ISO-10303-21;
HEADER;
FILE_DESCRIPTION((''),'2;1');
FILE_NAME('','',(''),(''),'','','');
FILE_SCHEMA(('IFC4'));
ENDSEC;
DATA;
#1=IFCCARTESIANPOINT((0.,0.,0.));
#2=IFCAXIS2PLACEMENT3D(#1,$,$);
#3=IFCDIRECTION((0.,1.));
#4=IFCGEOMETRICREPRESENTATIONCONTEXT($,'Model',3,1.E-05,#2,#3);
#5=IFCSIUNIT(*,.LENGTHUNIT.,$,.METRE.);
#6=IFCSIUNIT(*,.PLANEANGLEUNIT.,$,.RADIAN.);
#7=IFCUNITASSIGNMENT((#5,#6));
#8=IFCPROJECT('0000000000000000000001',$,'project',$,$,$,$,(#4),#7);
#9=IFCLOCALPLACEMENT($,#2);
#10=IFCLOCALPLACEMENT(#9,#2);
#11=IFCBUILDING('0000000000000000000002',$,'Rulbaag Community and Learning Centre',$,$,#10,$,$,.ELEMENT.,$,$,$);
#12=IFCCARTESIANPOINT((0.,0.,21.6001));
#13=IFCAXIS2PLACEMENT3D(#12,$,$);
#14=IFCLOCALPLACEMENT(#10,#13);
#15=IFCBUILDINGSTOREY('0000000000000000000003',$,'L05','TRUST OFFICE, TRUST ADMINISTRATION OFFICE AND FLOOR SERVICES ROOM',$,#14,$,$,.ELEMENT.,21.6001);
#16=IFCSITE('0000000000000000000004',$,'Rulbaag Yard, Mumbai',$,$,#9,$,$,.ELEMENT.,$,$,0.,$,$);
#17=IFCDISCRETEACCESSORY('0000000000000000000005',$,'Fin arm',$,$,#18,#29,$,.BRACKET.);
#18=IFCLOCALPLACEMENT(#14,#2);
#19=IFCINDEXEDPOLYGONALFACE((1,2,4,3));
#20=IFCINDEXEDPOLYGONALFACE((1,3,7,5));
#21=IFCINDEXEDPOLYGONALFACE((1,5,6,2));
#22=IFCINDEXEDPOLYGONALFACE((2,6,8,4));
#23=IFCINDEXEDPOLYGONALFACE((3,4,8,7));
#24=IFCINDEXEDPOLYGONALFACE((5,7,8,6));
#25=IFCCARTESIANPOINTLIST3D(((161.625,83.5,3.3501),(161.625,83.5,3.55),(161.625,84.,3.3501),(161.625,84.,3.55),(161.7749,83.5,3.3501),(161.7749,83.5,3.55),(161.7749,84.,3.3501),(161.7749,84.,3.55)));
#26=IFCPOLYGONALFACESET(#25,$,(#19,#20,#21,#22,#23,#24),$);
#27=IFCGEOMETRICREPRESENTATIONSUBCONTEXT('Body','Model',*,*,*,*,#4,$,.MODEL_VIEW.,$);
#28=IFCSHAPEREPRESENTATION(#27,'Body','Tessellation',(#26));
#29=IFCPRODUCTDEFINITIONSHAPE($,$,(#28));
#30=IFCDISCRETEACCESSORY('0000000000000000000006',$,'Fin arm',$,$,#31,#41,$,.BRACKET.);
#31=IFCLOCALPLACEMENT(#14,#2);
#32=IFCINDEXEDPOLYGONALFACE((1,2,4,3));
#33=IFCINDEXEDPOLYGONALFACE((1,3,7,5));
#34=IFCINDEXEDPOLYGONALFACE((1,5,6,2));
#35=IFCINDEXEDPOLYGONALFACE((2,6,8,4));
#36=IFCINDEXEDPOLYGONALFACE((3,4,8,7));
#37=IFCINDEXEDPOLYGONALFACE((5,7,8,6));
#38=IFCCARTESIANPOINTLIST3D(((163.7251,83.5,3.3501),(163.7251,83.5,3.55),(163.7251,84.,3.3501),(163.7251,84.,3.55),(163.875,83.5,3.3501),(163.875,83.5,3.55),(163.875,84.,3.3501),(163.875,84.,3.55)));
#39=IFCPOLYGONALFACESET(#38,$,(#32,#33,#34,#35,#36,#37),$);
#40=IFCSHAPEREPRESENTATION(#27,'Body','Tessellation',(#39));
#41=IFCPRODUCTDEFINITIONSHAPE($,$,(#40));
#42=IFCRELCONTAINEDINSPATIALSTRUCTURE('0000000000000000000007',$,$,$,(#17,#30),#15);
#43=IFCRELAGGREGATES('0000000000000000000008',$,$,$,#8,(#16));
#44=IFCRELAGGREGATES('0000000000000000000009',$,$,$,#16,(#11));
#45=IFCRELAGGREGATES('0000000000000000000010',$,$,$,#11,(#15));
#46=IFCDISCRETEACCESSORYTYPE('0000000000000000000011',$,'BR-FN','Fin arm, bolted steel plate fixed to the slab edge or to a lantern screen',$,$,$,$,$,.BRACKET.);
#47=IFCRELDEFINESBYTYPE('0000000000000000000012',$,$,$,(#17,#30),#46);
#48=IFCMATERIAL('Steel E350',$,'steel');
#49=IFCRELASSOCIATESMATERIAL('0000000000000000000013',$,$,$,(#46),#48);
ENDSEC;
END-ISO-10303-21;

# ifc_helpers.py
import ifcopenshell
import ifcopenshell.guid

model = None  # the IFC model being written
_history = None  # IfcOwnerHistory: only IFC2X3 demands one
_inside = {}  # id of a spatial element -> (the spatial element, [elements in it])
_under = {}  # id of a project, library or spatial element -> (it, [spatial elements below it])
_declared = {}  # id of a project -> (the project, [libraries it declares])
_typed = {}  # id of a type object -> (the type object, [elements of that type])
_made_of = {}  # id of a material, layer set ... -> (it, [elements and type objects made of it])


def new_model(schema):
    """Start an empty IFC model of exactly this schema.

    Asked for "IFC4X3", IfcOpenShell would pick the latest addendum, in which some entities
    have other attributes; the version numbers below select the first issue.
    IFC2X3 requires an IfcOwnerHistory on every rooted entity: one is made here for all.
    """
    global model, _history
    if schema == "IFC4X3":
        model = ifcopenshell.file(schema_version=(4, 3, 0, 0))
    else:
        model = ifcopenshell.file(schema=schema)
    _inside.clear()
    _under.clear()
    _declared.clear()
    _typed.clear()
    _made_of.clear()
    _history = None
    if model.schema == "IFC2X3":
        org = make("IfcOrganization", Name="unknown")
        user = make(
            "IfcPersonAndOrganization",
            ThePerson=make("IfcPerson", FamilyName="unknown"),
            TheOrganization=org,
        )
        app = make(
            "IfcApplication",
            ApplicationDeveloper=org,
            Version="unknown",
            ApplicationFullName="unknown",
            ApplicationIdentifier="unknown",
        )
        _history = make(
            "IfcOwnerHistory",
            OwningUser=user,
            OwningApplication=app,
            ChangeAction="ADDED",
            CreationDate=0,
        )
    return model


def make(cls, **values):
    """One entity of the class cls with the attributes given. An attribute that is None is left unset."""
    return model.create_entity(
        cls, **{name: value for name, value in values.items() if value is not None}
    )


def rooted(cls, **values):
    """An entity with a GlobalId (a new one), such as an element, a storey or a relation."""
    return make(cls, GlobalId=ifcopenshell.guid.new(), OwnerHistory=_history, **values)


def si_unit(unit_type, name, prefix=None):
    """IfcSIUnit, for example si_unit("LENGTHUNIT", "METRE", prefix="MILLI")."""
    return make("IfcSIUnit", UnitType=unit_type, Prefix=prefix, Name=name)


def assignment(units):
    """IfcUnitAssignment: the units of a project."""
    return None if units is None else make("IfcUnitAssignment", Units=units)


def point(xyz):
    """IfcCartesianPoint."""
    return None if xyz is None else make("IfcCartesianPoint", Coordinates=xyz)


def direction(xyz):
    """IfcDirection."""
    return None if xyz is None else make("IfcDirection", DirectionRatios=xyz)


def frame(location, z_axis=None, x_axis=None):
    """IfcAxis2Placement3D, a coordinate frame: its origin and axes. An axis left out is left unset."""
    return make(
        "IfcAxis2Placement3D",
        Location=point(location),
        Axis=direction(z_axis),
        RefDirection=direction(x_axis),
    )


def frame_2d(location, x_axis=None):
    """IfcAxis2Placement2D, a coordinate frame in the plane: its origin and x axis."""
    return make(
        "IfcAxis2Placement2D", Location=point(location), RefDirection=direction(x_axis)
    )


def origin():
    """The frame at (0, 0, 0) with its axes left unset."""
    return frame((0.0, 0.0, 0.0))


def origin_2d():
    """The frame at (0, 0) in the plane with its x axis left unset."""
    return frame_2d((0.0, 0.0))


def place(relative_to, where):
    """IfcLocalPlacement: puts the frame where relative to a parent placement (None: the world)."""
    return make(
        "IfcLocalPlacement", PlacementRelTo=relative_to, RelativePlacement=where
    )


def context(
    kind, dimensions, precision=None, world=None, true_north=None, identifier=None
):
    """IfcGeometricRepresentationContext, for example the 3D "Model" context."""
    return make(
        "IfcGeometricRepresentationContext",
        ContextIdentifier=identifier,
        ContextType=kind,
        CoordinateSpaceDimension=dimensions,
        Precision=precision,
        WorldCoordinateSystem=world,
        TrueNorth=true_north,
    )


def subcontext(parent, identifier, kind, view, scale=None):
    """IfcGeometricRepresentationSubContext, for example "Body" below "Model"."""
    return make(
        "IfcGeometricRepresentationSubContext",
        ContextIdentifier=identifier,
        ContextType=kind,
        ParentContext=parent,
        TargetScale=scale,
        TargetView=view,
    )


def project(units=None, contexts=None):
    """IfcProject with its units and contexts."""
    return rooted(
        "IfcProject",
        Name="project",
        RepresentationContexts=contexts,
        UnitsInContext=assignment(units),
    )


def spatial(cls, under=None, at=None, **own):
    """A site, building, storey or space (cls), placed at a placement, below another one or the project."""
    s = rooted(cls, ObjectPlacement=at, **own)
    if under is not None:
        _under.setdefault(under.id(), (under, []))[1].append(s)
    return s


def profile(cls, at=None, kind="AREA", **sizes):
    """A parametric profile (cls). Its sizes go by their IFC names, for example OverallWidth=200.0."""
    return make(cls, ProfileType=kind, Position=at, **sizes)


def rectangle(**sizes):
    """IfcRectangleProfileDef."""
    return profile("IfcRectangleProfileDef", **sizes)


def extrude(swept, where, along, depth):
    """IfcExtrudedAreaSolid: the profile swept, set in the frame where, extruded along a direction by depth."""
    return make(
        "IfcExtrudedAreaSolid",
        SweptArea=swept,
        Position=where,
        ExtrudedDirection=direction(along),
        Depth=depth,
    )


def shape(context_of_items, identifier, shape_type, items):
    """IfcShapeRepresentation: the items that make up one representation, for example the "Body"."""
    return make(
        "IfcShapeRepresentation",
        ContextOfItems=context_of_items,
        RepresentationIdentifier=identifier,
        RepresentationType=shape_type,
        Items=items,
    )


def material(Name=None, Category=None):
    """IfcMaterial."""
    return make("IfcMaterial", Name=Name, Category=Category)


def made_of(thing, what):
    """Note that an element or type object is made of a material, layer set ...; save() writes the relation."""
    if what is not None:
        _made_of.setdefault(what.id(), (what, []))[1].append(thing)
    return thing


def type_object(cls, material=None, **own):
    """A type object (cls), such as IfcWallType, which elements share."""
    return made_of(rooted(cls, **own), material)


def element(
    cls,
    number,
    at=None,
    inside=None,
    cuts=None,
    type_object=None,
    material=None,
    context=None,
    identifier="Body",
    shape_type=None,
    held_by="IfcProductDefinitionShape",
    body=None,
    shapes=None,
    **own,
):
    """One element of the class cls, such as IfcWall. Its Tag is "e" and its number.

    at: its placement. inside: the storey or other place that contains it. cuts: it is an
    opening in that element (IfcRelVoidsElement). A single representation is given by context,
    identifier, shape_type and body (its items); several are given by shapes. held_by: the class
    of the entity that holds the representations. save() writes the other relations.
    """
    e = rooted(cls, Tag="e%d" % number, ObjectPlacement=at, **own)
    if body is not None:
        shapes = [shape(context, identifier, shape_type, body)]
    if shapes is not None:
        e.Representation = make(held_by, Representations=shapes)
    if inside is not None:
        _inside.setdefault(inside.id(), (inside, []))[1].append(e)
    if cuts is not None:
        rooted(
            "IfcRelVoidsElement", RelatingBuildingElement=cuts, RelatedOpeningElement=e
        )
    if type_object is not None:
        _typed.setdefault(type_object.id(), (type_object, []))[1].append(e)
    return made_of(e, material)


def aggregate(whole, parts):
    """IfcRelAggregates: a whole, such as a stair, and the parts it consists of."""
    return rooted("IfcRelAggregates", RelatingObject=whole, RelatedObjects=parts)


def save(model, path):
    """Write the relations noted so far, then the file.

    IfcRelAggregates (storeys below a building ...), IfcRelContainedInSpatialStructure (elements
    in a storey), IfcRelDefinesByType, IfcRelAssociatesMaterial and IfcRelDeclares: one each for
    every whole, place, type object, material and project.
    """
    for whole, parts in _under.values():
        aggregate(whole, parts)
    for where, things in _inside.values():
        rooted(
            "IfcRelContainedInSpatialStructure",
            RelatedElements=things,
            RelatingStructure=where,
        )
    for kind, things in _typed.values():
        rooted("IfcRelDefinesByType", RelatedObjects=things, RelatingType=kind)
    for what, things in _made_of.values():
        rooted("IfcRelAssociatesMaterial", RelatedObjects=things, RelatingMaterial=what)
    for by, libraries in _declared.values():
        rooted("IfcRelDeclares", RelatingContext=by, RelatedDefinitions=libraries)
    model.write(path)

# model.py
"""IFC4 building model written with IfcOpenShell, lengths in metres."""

from ifc_helpers import new_model, si_unit, direction, frame, origin, origin_2d, place, context, subcontext, project, spatial, rectangle, extrude, material, type_object, element, save


model = new_model("IFC4")

# Units and contexts
model_context = context("Model", 3, precision=1e-05, world=origin(), true_north=direction((0.0, 1.0)))
body_context = subcontext(model_context, "Body", "Model", "MODEL_VIEW")
ifc_project = project(units=[si_unit("LENGTHUNIT", "METRE"), si_unit("PLANEANGLEUNIT", "RADIAN")], contexts=[model_context])

# Site, building, storey
site_placement = place(None, origin())
site = spatial("IfcSite", under=ifc_project, at=site_placement, Name="Rulbaag Yard, Mumbai", CompositionType="ELEMENT", RefElevation=0.0)
building_placement = place(site_placement, origin())
building = spatial("IfcBuilding", under=site, at=building_placement, Name="Rulbaag Community and Learning Centre", CompositionType="ELEMENT")
storey_placement = place(building_placement, frame((0.0, 0.0, 21.6001)))
storey = spatial("IfcBuildingStorey", under=building, at=storey_placement, Name="L05", Description="TRUST OFFICE, TRUST ADMINISTRATION OFFICE AND FLOOR SERVICES ROOM", CompositionType="ELEMENT", Elevation=21.6001)

# Discrete accessories
ifc_material_1 = material(Name="Steel E350", Category="steel")
discrete_accessory_type = type_object("IfcDiscreteAccessoryType", Name="BR-FN", Description="Fin arm, bolted steel plate fixed to the slab edge or to a lantern screen", PredefinedType="BRACKET", material=ifc_material_1)
for number, where, z_axis, x_axis, name in (
    (1, (161.7, 83.75, 3.3501), (0.0, 0.0, 1.0), (1.0, 0.0, 0.0), "Fin arm"),
    (2, (163.8, 83.75, 3.3501), (0.0, 0.0, 1.0), (1.0, 0.0, 0.0), "Fin arm"),
):
    element("IfcDiscreteAccessory", number, at=place(storey_placement, frame(where, z_axis=z_axis, x_axis=x_axis)), inside=storey, type_object=discrete_accessory_type, Name=name, PredefinedType="BRACKET", context=body_context, shape_type="SweptSolid", body=[
        extrude(rectangle(XDim=0.1499, YDim=0.5, at=origin_2d()), origin(), (0.0, 0.0, 1.0), 0.2),
    ])

save(model, "model.ifc")
